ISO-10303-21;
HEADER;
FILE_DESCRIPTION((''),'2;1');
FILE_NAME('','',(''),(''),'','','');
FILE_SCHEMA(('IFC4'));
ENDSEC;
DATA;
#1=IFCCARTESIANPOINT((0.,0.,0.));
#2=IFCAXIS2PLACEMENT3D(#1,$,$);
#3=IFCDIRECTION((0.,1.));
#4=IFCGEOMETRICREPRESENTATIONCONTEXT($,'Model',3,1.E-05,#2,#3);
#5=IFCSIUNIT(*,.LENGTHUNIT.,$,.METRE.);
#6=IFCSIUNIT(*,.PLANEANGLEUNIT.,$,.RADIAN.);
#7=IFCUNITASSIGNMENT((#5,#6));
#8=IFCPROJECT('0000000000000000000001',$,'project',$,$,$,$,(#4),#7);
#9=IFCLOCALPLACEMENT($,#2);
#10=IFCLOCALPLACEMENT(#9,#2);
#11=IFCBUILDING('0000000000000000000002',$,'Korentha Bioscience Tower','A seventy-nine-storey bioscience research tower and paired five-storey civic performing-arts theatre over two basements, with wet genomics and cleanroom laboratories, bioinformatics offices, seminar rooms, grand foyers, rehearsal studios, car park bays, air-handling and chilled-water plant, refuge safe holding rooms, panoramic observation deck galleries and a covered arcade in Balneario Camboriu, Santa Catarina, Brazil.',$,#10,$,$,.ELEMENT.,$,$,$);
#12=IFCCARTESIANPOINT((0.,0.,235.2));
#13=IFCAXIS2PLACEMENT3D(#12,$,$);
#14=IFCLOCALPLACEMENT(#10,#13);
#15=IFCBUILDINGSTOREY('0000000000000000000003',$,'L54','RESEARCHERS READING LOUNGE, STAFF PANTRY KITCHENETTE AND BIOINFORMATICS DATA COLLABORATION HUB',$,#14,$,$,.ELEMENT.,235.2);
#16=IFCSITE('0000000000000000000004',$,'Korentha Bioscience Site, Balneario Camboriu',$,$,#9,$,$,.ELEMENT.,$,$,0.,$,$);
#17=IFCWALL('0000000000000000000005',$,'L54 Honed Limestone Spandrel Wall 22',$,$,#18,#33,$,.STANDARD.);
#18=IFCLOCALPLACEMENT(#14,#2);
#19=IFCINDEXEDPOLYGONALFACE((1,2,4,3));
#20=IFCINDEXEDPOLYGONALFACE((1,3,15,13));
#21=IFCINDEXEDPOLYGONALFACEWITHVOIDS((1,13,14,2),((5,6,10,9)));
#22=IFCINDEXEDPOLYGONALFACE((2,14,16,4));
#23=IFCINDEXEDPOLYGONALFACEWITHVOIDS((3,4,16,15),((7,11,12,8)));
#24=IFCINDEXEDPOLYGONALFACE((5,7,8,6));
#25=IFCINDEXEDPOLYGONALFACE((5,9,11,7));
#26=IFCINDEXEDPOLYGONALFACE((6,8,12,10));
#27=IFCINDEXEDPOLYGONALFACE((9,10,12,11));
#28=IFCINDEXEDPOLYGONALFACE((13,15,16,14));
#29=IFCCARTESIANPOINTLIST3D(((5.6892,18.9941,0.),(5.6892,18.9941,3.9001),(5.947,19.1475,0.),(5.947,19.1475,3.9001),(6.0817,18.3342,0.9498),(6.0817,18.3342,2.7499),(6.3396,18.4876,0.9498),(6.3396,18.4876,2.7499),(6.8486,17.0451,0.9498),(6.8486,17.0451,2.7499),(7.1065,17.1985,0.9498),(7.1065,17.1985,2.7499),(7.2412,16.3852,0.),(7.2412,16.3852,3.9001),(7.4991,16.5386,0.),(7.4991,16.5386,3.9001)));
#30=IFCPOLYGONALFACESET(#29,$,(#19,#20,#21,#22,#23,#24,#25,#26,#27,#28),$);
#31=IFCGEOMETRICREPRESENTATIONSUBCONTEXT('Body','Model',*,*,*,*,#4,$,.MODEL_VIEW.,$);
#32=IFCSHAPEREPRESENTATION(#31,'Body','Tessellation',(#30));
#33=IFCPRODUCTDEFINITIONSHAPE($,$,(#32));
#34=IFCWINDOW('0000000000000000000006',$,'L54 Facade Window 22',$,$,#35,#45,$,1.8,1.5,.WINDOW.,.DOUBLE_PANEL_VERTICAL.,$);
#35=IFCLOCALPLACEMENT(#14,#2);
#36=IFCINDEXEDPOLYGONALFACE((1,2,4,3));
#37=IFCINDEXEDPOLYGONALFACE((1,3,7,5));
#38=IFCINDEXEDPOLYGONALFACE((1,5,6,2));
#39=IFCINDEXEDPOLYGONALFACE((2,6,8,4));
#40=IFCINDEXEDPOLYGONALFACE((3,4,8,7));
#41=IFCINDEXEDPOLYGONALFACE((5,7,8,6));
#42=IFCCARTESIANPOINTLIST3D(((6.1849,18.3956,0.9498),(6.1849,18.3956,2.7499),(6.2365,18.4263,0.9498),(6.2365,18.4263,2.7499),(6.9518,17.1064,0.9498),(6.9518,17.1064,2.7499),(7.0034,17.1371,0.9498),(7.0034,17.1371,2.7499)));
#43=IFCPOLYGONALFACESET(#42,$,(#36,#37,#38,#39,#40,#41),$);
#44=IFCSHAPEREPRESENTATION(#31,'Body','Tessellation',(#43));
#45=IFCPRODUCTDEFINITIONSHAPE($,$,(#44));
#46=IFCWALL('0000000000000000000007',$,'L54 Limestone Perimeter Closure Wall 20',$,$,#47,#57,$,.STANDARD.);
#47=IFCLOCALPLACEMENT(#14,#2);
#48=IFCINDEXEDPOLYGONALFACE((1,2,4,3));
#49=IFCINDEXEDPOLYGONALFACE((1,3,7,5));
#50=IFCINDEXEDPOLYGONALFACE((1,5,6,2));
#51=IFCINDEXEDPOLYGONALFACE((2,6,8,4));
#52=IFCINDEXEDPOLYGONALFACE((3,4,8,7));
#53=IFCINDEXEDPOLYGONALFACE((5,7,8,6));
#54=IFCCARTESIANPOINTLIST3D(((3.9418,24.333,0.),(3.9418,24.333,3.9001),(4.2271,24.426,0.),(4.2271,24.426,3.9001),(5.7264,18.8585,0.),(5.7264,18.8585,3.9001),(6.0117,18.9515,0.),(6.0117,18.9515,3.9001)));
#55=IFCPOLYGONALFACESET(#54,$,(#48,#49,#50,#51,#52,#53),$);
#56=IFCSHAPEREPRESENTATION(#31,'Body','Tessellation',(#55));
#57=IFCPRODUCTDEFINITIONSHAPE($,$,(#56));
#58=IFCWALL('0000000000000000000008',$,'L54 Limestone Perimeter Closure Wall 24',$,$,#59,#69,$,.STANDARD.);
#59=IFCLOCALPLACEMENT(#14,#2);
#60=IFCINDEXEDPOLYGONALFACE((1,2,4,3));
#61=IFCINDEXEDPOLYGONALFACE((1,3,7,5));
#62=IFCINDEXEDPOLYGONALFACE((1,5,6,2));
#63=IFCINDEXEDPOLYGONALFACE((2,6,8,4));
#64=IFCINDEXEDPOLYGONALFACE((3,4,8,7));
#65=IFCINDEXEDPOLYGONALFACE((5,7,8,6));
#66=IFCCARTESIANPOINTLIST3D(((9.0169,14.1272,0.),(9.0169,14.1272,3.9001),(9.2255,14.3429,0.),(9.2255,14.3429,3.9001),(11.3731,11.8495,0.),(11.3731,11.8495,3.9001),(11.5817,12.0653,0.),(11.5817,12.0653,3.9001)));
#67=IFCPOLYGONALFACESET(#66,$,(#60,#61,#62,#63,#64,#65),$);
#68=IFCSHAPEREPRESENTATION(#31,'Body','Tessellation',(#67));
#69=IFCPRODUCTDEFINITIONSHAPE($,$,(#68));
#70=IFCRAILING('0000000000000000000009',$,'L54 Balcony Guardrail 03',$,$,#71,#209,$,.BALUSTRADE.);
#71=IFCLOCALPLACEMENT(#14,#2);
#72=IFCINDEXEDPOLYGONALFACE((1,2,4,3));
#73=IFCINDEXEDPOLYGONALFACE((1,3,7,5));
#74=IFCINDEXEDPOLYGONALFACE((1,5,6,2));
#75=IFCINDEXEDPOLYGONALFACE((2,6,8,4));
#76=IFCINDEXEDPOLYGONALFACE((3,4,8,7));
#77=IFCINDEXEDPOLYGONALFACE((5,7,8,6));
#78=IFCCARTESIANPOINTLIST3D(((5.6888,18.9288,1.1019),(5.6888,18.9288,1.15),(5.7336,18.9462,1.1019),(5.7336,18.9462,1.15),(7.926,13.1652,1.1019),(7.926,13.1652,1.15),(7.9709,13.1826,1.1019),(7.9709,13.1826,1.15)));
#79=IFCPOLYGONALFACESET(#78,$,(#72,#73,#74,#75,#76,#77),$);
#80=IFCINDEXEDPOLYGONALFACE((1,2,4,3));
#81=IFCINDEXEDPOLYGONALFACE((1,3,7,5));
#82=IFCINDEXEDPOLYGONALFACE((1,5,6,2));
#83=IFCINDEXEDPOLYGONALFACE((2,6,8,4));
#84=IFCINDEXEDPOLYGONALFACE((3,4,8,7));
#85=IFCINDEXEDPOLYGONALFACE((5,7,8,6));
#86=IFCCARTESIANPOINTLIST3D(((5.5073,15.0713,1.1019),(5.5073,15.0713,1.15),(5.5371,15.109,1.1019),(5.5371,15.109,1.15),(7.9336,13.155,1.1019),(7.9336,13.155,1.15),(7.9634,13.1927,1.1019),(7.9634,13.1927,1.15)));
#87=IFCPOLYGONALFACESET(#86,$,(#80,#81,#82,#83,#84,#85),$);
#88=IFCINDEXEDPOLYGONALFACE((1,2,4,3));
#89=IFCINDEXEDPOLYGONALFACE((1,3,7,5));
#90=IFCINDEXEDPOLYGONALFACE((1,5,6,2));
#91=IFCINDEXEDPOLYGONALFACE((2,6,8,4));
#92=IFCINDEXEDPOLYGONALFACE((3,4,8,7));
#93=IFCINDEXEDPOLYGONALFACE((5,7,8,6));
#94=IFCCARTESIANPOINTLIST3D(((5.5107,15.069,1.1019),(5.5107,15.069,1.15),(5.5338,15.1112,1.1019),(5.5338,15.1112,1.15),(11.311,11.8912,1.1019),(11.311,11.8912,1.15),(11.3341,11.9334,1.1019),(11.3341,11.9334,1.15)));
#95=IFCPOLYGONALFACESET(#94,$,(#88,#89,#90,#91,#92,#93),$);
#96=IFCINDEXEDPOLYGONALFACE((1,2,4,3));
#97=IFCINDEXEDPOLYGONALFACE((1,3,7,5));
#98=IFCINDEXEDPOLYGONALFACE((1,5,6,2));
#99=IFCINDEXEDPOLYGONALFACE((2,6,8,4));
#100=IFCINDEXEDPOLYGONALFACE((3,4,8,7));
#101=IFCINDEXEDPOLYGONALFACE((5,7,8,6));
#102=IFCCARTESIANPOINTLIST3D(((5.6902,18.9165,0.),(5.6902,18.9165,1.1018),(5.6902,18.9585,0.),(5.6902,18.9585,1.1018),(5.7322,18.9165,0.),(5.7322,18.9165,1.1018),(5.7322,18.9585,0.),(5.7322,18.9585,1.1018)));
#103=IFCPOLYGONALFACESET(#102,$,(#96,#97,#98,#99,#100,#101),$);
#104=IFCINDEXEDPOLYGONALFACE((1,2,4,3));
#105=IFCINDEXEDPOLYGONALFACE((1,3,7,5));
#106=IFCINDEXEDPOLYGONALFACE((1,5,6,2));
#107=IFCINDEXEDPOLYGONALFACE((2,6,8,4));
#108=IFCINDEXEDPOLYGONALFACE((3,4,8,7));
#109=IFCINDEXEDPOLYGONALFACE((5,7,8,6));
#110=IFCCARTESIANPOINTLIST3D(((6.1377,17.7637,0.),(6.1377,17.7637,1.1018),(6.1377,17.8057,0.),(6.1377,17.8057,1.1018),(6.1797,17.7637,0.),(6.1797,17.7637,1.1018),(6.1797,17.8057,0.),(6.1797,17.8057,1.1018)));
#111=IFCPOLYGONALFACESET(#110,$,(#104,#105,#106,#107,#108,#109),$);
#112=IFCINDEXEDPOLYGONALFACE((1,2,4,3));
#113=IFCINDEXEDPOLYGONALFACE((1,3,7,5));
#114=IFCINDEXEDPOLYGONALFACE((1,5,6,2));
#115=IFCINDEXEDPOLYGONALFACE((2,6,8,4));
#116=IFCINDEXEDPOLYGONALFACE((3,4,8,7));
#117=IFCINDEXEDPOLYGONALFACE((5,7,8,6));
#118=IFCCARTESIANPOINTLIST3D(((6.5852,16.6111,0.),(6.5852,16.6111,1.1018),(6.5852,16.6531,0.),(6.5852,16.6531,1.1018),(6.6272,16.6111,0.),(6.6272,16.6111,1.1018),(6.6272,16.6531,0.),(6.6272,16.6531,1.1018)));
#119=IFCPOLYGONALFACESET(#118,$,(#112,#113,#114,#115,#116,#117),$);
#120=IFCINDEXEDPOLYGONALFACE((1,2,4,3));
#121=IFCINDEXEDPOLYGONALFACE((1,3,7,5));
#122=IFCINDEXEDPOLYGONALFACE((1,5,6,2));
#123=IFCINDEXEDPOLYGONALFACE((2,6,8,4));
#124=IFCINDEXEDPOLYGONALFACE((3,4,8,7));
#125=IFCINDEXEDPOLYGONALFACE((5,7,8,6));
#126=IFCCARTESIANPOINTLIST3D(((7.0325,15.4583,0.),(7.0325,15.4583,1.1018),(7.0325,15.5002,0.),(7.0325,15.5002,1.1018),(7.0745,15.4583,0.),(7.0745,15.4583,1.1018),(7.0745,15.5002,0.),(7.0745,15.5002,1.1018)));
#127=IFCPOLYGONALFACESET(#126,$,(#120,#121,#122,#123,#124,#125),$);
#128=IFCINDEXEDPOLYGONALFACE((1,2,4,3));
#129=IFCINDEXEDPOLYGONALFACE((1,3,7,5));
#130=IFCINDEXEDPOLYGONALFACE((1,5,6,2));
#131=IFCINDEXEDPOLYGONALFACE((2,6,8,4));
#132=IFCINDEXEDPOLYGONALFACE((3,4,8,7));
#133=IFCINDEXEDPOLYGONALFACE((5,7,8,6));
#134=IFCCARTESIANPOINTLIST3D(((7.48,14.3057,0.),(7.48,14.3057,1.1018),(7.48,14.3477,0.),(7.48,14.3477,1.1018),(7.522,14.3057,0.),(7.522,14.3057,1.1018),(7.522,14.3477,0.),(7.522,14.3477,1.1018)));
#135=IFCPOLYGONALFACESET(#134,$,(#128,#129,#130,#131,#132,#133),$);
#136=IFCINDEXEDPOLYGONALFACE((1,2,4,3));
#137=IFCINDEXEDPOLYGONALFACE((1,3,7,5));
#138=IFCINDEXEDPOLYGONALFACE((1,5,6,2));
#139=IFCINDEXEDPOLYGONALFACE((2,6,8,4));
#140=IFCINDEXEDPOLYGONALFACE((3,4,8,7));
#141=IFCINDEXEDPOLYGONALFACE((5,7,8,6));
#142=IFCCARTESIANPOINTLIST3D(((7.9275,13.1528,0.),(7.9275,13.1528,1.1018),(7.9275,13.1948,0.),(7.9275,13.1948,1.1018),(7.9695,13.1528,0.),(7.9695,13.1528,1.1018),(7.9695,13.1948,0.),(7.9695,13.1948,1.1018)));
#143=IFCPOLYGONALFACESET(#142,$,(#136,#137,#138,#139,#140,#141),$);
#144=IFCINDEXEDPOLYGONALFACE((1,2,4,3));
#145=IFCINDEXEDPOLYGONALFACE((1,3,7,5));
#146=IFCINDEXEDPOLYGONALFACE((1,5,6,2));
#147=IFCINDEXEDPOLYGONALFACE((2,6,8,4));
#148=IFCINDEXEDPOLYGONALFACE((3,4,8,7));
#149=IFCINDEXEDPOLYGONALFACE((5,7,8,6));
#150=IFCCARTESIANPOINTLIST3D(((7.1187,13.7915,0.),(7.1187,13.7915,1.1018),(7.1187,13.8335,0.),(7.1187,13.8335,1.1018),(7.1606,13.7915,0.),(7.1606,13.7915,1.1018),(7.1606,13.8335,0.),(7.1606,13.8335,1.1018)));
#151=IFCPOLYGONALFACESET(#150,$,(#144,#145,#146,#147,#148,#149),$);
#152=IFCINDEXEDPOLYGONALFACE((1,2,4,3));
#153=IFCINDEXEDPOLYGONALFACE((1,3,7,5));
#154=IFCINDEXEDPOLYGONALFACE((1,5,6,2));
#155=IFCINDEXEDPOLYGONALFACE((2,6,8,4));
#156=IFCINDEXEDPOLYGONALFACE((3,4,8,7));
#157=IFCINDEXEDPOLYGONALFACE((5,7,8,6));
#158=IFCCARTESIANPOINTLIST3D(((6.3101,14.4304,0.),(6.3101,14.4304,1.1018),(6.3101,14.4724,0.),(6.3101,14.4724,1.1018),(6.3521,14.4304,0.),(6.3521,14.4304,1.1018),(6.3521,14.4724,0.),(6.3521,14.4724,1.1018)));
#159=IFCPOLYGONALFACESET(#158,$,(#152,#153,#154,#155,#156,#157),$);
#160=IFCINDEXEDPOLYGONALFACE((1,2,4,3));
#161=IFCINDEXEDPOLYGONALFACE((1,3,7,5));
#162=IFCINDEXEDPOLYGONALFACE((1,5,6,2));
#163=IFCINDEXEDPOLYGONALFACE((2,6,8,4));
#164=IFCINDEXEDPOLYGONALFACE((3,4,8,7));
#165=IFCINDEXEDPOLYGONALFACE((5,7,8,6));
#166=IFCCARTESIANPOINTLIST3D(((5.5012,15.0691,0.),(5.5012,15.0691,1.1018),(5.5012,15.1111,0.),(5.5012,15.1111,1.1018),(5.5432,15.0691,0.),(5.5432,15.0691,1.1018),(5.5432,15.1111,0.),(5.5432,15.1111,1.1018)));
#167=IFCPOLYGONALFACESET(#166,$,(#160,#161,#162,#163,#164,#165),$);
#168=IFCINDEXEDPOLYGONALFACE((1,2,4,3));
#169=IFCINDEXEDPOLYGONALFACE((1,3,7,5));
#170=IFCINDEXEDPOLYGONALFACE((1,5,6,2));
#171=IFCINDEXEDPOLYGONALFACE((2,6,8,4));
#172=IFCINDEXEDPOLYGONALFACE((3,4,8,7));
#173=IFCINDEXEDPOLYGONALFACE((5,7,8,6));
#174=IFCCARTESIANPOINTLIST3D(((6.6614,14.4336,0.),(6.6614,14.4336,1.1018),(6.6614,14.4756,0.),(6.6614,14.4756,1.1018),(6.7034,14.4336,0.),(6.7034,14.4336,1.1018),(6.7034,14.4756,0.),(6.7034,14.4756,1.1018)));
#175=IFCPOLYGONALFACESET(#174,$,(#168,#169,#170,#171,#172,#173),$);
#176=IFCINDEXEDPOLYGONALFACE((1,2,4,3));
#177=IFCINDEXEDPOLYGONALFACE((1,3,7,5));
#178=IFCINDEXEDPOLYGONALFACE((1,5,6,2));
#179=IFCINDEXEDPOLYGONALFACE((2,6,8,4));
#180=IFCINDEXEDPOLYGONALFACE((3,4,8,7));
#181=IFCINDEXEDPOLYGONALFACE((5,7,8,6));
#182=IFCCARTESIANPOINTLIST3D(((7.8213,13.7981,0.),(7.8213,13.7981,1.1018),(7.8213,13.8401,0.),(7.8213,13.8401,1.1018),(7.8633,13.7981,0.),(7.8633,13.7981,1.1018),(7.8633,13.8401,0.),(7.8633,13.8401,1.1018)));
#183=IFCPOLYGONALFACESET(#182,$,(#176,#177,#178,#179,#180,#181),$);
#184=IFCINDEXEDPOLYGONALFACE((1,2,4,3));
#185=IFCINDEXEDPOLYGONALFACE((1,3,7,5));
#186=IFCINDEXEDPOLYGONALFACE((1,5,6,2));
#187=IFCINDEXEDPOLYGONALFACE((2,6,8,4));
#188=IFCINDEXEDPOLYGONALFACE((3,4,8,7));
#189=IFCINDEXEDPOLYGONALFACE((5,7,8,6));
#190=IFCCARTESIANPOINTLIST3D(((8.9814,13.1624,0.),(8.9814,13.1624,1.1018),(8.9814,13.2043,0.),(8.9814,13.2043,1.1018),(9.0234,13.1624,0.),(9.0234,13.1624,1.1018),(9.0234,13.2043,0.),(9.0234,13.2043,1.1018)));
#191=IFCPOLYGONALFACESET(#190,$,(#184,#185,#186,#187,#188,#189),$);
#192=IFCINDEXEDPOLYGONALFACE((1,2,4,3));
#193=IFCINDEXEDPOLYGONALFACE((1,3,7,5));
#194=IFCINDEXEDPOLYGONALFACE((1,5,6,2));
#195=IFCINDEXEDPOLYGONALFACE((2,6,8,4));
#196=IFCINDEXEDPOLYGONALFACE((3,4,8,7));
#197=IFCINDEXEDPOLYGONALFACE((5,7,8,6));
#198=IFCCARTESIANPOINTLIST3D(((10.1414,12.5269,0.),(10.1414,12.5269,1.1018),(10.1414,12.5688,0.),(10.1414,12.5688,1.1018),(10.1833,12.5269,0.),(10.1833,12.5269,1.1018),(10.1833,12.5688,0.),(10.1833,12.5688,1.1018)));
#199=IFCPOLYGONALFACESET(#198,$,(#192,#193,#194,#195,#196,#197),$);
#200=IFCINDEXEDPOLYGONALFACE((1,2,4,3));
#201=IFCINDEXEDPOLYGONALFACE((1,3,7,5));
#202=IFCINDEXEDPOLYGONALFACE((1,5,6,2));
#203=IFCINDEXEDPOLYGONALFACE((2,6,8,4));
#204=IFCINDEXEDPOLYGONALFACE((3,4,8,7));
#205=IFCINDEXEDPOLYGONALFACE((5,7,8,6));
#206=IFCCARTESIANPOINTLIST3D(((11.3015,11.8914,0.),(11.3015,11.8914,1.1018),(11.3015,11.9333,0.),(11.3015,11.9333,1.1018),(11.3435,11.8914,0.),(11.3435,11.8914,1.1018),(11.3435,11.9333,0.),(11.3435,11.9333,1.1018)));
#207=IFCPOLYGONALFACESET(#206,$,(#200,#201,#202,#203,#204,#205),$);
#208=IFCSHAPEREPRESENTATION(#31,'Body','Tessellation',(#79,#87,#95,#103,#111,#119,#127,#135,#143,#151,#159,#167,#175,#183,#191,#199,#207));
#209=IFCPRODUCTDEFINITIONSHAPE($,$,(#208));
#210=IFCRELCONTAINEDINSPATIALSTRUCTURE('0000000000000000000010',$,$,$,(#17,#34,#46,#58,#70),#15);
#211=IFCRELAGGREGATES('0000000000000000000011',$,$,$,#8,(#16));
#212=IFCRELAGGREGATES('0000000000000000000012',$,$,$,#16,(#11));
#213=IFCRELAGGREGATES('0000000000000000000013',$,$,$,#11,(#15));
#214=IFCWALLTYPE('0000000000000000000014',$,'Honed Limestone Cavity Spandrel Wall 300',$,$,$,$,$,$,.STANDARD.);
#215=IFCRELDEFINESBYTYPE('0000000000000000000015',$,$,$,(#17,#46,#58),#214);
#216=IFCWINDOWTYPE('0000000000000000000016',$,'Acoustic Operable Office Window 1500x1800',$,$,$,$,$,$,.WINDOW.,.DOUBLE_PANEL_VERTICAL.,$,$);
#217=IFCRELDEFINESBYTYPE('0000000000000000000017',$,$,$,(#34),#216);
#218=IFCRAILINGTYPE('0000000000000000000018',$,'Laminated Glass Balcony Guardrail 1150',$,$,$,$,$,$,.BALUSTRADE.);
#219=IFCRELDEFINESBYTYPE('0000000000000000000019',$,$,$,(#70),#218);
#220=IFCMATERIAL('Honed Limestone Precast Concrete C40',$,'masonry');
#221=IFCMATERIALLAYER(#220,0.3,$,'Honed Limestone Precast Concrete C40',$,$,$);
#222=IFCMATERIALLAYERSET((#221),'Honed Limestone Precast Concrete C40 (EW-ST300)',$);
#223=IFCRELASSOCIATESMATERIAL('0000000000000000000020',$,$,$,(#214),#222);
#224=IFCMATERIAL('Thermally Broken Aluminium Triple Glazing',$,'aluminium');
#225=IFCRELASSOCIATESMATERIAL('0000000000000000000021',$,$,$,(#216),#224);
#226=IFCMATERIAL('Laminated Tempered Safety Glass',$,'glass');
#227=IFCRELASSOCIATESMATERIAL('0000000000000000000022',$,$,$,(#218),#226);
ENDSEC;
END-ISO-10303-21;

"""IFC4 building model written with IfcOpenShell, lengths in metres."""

from ifc_helpers import new_model, si_unit, direction, frame, frame_2d, origin, origin_2d, place, context, subcontext, project, spatial, rectangle, extrude, material, layer, layer_set, type_object, element, fill, save


model = new_model("IFC4")

# Units and contexts
model_context = context("Model", 3, precision=1e-05, world=origin(), true_north=direction((0.0, 1.0)))
body_context = subcontext(model_context, "Body", "Model", "MODEL_VIEW")
ifc_project = project(units=[si_unit("LENGTHUNIT", "METRE"), si_unit("PLANEANGLEUNIT", "RADIAN")], contexts=[model_context])

# Site, building, storey
site_placement = place(None, origin())
site = spatial("IfcSite", under=ifc_project, at=site_placement, Name="Korentha Bioscience Site, Balneario Camboriu", CompositionType="ELEMENT", RefElevation=0.0)
building_placement = place(site_placement, origin())
building = spatial("IfcBuilding", under=site, at=building_placement, Name="Korentha Bioscience Tower", Description="A seventy-nine-storey bioscience research tower and paired five-storey civic performing-arts theatre over two basements, with wet genomics and cleanroom laboratories, bioinformatics offices, seminar rooms, grand foyers, rehearsal studios, car park bays, air-handling and chilled-water plant, refuge safe holding rooms, panoramic observation deck galleries and a covered arcade in Balneario Camboriu, Santa Catarina, Brazil.", CompositionType="ELEMENT")
storey_placement = place(building_placement, frame((0.0, 0.0, 235.2)))
storey = spatial("IfcBuildingStorey", under=building, at=storey_placement, Name="L54", Description="RESEARCHERS READING LOUNGE, STAFF PANTRY KITCHENETTE AND BIOINFORMATICS DATA COLLABORATION HUB", CompositionType="ELEMENT", Elevation=235.2)

# Wall, opening, window
ifc_material_1 = material(Name="Honed Limestone Precast Concrete C40", Category="masonry")
ifc_layer_1 = layer(ifc_material_1, 0.3, Name="Honed Limestone Precast Concrete C40")
ifc_layer_set_1 = layer_set([ifc_layer_1], Name="Honed Limestone Precast Concrete C40 (EW-ST300)")
wall_type_1 = type_object("IfcWallType", Name="Honed Limestone Cavity Spandrel Wall 300", PredefinedType="STANDARD", material=ifc_layer_set_1)
wall_1_placement = place(storey_placement, frame((5.8181, 19.0708, 0.0), z_axis=(0.0, 0.0, 1.0), x_axis=(0.511263, -0.859424, 0.0)))
wall_1 = element("IfcWall", 1, at=wall_1_placement, inside=storey, type_object=wall_type_1, Name="L54 Honed Limestone Spandrel Wall 22", PredefinedType="STANDARD", context=body_context, shape_type="SweptSolid", body=[
    extrude(rectangle(XDim=3.0356, YDim=0.3, at=frame_2d((1.5178, 0.0))), origin(), (0.0, 0.0, 1.0), 3.9001),
])
opening_1_placement = place(wall_1_placement, frame((0.7678, 0.0, 0.95)))
opening_1 = element("IfcOpeningElement", 2, at=opening_1_placement, cuts=wall_1, PredefinedType="OPENING", context=body_context, shape_type="SweptSolid", body=[
    extrude(rectangle(XDim=1.5, YDim=1.8, at=frame_2d((0.75, 0.8999))), frame((0.0, 0.165, 0.0), z_axis=(0.0, -1.0, 0.0), x_axis=(1.0, 0.0, 0.0)), (0.0, 0.0, 1.0), 0.3298),
])
ifc_material_2 = material(Name="Thermally Broken Aluminium Triple Glazing", Category="aluminium")
window_type = type_object("IfcWindowType", Name="Acoustic Operable Office Window 1500x1800", PartitioningType="DOUBLE_PANEL_VERTICAL", PredefinedType="WINDOW", material=ifc_material_2)
window_placement = place(opening_1_placement, origin())
window = element("IfcWindow", 3, at=window_placement, inside=storey, type_object=window_type, Name="L54 Facade Window 22", OverallHeight=1.8, OverallWidth=1.5, PartitioningType="DOUBLE_PANEL_VERTICAL", PredefinedType="WINDOW", context=body_context, shape_type="SweptSolid", body=[
    extrude(rectangle(XDim=1.5, YDim=1.8, at=frame_2d((0.75, 0.8999))), frame((0.0, 0.03, 0.0), z_axis=(0.0, -1.0, 0.0), x_axis=(1.0, 0.0, 0.0)), (0.0, 0.0, 1.0), 0.0601),
])
fill(opening_1, window)

# Walls
wall_2_placement = place(storey_placement, frame((4.0845, 24.3794, 0.0), z_axis=(0.0, 0.0, 1.0), x_axis=(0.309937, -0.950757, 0.0)))
element("IfcWall", 4, at=wall_2_placement, inside=storey, type_object=wall_type_1, Name="L54 Limestone Perimeter Closure Wall 20", PredefinedType="STANDARD", context=body_context, shape_type="SweptSolid", body=[
    extrude(rectangle(XDim=5.7581, YDim=0.3, at=frame_2d((2.8789, 0.0))), origin(), (0.0, 0.0, 1.0), 3.9001),
])
wall_3_placement = place(storey_placement, frame((9.1211, 14.2351, 0.0), z_axis=(0.0, 0.0, 1.0), x_axis=(0.719, -0.695011, 0.0)))
element("IfcWall", 5, at=wall_3_placement, inside=storey, type_object=wall_type_1, Name="L54 Limestone Perimeter Closure Wall 24", PredefinedType="STANDARD", context=body_context, shape_type="SweptSolid", body=[
    extrude(rectangle(XDim=3.2771, YDim=0.3, at=frame_2d((1.6387, 0.0))), origin(), (0.0, 0.0, 1.0), 3.9001),
])

# Railing
ifc_material_3 = material(Name="Laminated Tempered Safety Glass", Category="glass")
railing_type = type_object("IfcRailingType", Name="Laminated Glass Balcony Guardrail 1150", PredefinedType="BALUSTRADE", material=ifc_material_3)
railing_placement = place(storey_placement, frame((5.7112, 18.9375, 0.0)))
element("IfcRailing", 6, at=railing_placement, inside=storey, type_object=railing_type, Name="L54 Balcony Guardrail 03", PredefinedType="BALUSTRADE", context=body_context, shape_type="SweptSolid", body=[
    extrude(rectangle(XDim=0.0481, YDim=0.0481, at=origin_2d()), frame((0.0, 0.0, 1.126), z_axis=(0.361867, -0.93223, 0.0), x_axis=(0.93223, 0.361867, 0.0)), (0.0, 0.0, 1.0), 6.1826),
    extrude(rectangle(XDim=0.0481, YDim=0.0481, at=origin_2d()), frame((2.2373, -5.7637, 1.126), z_axis=(-0.784759, 0.6198, 0.0), x_axis=(-0.6198, -0.784759, 0.0)), (0.0, 0.0, 1.0), 3.0918),
    extrude(rectangle(XDim=0.0481, YDim=0.0481, at=origin_2d()), frame((-0.189, -3.8474, 1.126), z_axis=(0.877008, -0.480476, 0.0), x_axis=(0.480476, 0.877008, 0.0)), (0.0, 0.0, 1.0), 6.6138),
    extrude(rectangle(XDim=0.042, YDim=0.042, at=origin_2d()), origin(), (0.0, 0.0, 1.0), 1.1018),
    extrude(rectangle(XDim=0.042, YDim=0.042, at=origin_2d()), frame((0.4475, -1.1528, 0.0)), (0.0, 0.0, 1.0), 1.1018),
    extrude(rectangle(XDim=0.042, YDim=0.042, at=origin_2d()), frame((0.895, -2.3054, 0.0)), (0.0, 0.0, 1.0), 1.1018),
    extrude(rectangle(XDim=0.042, YDim=0.042, at=origin_2d()), frame((1.3423, -3.4583, 0.0)), (0.0, 0.0, 1.0), 1.1018),
    extrude(rectangle(XDim=0.042, YDim=0.042, at=origin_2d()), frame((1.7898, -4.6108, 0.0)), (0.0, 0.0, 1.0), 1.1018),
    extrude(rectangle(XDim=0.042, YDim=0.042, at=origin_2d()), frame((2.2373, -5.7637, 0.0)), (0.0, 0.0, 1.0), 1.1018),
    extrude(rectangle(XDim=0.042, YDim=0.042, at=origin_2d()), frame((1.4285, -5.125, 0.0)), (0.0, 0.0, 1.0), 1.1018),
    extrude(rectangle(XDim=0.042, YDim=0.042, at=origin_2d()), frame((0.6199, -4.4861, 0.0)), (0.0, 0.0, 1.0), 1.1018),
    extrude(rectangle(XDim=0.042, YDim=0.042, at=origin_2d()), frame((-0.189, -3.8474, 0.0)), (0.0, 0.0, 1.0), 1.1018),
    extrude(rectangle(XDim=0.042, YDim=0.042, at=origin_2d()), frame((0.9712, -4.4829, 0.0)), (0.0, 0.0, 1.0), 1.1018),
    extrude(rectangle(XDim=0.042, YDim=0.042, at=origin_2d()), frame((2.1311, -5.1184, 0.0)), (0.0, 0.0, 1.0), 1.1018),
    extrude(rectangle(XDim=0.042, YDim=0.042, at=origin_2d()), frame((3.2913, -5.7542, 0.0)), (0.0, 0.0, 1.0), 1.1018),
    extrude(rectangle(XDim=0.042, YDim=0.042, at=origin_2d()), frame((4.4512, -6.3896, 0.0)), (0.0, 0.0, 1.0), 1.1018),
    extrude(rectangle(XDim=0.042, YDim=0.042, at=origin_2d()), frame((5.6113, -7.0251, 0.0)), (0.0, 0.0, 1.0), 1.1018),
])

save(model, "model.ifc")
